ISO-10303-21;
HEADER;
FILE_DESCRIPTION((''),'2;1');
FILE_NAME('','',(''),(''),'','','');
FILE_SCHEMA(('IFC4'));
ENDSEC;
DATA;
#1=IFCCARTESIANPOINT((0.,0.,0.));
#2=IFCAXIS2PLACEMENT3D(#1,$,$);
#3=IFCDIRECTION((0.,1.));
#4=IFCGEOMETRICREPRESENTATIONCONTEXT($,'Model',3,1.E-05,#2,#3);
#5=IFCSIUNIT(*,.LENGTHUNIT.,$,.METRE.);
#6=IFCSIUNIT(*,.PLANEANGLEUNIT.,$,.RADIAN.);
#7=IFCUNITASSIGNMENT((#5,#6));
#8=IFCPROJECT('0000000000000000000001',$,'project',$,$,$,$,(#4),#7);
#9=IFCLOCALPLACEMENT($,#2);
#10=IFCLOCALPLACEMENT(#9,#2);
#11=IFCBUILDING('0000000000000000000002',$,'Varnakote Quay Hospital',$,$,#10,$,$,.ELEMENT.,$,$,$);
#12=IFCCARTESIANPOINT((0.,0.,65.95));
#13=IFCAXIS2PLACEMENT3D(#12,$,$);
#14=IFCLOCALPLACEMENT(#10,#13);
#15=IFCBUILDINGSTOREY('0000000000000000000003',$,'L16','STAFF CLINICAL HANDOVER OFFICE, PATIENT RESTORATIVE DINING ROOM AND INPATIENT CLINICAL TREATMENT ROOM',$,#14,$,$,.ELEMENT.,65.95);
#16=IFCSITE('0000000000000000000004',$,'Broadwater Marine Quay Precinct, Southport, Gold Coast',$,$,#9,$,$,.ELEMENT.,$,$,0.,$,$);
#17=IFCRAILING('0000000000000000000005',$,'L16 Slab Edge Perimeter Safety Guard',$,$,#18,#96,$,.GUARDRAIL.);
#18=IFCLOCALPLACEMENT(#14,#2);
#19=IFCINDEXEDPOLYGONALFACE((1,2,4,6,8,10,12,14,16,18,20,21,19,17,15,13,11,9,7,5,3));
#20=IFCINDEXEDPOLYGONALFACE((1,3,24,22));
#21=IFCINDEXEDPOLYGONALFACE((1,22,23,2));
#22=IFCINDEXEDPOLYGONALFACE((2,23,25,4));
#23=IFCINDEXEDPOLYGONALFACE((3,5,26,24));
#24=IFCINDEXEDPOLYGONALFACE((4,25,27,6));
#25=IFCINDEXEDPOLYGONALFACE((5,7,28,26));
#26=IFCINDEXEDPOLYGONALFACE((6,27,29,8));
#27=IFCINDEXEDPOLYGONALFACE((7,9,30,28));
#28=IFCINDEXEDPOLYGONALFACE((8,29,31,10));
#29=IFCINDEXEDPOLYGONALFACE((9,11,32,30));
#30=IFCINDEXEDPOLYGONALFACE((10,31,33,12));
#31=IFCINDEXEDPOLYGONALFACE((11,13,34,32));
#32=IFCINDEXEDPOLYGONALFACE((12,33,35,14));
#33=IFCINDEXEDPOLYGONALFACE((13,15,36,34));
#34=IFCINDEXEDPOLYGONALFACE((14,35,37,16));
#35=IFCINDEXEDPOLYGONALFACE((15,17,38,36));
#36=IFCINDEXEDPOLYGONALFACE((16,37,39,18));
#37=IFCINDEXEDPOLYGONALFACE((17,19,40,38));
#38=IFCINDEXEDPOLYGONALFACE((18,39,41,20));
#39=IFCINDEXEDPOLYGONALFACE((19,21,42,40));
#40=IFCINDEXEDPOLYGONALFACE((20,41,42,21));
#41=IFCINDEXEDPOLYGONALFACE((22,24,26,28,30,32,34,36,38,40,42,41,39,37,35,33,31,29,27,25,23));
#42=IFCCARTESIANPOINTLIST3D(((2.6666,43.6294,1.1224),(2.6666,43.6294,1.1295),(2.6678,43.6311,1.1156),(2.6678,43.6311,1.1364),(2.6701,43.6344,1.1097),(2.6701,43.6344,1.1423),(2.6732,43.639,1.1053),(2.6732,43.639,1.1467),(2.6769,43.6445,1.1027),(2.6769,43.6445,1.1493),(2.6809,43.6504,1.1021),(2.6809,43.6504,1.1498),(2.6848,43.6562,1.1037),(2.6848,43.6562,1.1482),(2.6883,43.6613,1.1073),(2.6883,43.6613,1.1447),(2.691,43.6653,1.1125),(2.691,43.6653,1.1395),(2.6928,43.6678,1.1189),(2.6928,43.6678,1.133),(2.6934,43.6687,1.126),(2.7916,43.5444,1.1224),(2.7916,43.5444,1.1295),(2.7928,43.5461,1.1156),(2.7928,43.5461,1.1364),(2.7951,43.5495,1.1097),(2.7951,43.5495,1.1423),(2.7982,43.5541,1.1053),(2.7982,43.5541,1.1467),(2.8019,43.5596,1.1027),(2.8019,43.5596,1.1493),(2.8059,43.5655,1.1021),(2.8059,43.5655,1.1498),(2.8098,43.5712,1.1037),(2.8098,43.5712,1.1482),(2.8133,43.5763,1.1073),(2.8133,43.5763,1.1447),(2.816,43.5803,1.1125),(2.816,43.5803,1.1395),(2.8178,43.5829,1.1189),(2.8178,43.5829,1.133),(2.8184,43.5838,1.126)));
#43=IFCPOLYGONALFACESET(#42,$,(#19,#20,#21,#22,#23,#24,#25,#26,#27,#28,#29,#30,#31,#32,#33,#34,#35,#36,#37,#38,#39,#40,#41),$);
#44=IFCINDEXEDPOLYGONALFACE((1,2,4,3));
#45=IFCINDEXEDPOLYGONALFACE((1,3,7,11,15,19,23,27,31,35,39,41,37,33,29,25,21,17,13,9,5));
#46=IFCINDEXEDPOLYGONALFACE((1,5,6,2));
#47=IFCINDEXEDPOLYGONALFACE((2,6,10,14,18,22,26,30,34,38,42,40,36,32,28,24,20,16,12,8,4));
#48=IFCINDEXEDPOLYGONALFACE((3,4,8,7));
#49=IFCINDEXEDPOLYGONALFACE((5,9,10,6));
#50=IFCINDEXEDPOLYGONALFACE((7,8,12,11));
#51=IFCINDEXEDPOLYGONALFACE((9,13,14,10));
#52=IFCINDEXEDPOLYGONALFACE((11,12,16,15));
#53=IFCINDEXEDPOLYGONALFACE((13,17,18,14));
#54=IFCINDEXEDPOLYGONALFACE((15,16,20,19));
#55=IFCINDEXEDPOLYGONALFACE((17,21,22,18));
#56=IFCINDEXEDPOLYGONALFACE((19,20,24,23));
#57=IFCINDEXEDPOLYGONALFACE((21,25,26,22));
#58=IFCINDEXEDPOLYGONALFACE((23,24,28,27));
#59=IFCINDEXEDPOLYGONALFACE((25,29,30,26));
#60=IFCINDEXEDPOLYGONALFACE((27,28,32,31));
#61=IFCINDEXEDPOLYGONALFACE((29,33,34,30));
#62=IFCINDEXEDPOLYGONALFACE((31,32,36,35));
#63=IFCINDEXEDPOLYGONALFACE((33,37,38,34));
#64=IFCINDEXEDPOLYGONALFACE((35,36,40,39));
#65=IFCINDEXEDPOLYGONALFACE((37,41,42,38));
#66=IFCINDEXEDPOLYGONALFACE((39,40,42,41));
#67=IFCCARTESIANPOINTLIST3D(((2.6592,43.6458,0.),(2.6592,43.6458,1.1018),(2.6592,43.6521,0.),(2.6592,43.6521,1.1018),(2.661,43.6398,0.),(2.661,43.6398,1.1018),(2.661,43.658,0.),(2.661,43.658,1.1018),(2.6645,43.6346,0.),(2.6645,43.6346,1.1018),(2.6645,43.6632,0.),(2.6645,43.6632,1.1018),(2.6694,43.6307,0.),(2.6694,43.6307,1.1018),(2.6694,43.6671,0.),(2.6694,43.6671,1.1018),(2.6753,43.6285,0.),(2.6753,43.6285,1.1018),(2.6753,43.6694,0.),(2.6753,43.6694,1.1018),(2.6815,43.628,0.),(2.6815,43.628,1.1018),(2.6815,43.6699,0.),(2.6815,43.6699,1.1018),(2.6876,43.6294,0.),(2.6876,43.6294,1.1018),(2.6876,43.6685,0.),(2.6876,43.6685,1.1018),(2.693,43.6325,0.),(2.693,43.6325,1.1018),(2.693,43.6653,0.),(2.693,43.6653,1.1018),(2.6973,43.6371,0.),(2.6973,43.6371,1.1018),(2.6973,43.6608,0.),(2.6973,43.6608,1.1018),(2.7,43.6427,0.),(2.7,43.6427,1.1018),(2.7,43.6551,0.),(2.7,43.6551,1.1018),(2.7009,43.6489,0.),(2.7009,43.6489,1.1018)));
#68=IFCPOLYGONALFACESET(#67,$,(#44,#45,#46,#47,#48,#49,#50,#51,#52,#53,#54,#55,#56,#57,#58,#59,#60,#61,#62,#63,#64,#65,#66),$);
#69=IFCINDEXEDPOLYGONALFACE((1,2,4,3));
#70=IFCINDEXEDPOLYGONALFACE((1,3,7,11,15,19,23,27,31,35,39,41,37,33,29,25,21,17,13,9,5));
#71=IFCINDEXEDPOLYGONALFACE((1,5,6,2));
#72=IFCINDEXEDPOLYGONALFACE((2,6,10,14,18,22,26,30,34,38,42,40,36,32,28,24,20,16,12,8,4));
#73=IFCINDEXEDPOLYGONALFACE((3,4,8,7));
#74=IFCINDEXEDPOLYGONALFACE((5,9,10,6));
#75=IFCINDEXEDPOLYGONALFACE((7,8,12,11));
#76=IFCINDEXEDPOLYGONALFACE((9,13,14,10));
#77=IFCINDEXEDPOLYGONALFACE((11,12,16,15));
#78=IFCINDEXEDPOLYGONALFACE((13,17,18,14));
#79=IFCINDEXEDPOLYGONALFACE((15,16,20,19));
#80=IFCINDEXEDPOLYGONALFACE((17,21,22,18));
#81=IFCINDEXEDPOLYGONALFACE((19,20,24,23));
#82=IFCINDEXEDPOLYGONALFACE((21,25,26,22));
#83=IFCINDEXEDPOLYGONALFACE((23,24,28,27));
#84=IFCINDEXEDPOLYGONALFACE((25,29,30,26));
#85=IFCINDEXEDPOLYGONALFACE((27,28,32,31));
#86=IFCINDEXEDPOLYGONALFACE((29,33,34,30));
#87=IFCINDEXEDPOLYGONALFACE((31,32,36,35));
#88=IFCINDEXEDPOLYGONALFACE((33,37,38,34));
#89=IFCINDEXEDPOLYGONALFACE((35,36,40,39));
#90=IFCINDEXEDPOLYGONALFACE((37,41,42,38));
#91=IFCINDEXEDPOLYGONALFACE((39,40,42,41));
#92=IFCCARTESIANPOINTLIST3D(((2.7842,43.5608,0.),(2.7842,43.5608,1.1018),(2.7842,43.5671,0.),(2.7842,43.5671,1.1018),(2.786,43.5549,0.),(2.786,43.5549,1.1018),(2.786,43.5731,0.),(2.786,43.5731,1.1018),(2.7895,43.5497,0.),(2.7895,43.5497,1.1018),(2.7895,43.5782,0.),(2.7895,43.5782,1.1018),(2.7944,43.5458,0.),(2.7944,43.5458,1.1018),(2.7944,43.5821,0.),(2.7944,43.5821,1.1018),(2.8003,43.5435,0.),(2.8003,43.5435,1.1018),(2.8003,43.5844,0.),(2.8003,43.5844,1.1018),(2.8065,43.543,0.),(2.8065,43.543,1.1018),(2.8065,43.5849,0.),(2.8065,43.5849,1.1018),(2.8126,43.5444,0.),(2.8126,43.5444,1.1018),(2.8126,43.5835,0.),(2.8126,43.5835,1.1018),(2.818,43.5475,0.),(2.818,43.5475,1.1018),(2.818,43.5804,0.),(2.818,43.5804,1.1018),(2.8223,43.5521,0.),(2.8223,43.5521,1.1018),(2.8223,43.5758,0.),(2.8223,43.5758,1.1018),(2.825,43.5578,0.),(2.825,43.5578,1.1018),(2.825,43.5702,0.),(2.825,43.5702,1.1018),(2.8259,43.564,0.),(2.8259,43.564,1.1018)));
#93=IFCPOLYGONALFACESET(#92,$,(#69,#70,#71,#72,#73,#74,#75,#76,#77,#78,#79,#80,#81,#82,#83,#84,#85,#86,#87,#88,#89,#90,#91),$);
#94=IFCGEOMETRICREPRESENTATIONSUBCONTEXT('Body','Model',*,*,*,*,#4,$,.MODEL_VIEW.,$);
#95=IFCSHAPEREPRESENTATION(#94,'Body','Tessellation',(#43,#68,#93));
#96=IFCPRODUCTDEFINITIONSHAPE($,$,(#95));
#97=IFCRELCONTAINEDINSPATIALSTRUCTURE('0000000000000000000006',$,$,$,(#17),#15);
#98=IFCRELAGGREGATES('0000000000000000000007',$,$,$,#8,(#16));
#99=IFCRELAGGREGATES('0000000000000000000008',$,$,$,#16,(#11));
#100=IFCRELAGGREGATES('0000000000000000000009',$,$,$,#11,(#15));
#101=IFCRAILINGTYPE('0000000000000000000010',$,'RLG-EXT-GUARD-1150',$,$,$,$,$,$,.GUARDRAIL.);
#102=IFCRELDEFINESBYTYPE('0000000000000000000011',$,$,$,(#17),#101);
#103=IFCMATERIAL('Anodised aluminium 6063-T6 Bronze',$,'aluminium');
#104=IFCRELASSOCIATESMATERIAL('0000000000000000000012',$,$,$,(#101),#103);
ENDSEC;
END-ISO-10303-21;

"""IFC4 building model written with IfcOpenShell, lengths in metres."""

from ifc_helpers import new_model, si_unit, direction, frame, origin, origin_2d, place, context, subcontext, project, spatial, circle, extrude, material, type_object, element, save


model = new_model("IFC4")

# Units and contexts
model_context = context("Model", 3, precision=1e-05, world=origin(), true_north=direction((0.0, 1.0)))
body_context = subcontext(model_context, "Body", "Model", "MODEL_VIEW")
ifc_project = project(units=[si_unit("LENGTHUNIT", "METRE"), si_unit("PLANEANGLEUNIT", "RADIAN")], contexts=[model_context])

# Site, building, storey
site_placement = place(None, origin())
site = spatial("IfcSite", under=ifc_project, at=site_placement, Name="Broadwater Marine Quay Precinct, Southport, Gold Coast", CompositionType="ELEMENT", RefElevation=0.0)
building_placement = place(site_placement, origin())
building = spatial("IfcBuilding", under=site, at=building_placement, Name="Varnakote Quay Hospital", CompositionType="ELEMENT")
storey_placement = place(building_placement, frame((0.0, 0.0, 65.95)))
storey = spatial("IfcBuildingStorey", under=building, at=storey_placement, Name="L16", Description="STAFF CLINICAL HANDOVER OFFICE, PATIENT RESTORATIVE DINING ROOM AND INPATIENT CLINICAL TREATMENT ROOM", CompositionType="ELEMENT", Elevation=65.95)

# Railing
ifc_material_1 = material(Name="Anodised aluminium 6063-T6 Bronze", Category="aluminium")
railing_type = type_object("IfcRailingType", Name="RLG-EXT-GUARD-1150", PredefinedType="GUARDRAIL", material=ifc_material_1)
railing_1_placement = place(storey_placement, frame((2.6799, 43.6489, 0.0)))
element("IfcRailing", 1, at=railing_1_placement, inside=storey, type_object=railing_type, Name="L16 Slab Edge Perimeter Safety Guard", PredefinedType="GUARDRAIL", context=body_context, shape_type="SweptSolid", body=[
    extrude(circle(Radius=0.0239, at=origin_2d()), frame((0.0, 0.0, 1.126), z_axis=(0.827047, -0.562133, 0.0), x_axis=(0.562133, 0.827047, 0.0)), (0.0, 0.0, 1.0), 0.1511),
    extrude(circle(Radius=0.021, at=origin_2d()), origin(), (0.0, 0.0, 1.0), 1.1018),
    extrude(circle(Radius=0.021, at=origin_2d()), frame((0.125, -0.085, 0.0)), (0.0, 0.0, 1.0), 1.1018),
])

save(model, "model.ifc")
